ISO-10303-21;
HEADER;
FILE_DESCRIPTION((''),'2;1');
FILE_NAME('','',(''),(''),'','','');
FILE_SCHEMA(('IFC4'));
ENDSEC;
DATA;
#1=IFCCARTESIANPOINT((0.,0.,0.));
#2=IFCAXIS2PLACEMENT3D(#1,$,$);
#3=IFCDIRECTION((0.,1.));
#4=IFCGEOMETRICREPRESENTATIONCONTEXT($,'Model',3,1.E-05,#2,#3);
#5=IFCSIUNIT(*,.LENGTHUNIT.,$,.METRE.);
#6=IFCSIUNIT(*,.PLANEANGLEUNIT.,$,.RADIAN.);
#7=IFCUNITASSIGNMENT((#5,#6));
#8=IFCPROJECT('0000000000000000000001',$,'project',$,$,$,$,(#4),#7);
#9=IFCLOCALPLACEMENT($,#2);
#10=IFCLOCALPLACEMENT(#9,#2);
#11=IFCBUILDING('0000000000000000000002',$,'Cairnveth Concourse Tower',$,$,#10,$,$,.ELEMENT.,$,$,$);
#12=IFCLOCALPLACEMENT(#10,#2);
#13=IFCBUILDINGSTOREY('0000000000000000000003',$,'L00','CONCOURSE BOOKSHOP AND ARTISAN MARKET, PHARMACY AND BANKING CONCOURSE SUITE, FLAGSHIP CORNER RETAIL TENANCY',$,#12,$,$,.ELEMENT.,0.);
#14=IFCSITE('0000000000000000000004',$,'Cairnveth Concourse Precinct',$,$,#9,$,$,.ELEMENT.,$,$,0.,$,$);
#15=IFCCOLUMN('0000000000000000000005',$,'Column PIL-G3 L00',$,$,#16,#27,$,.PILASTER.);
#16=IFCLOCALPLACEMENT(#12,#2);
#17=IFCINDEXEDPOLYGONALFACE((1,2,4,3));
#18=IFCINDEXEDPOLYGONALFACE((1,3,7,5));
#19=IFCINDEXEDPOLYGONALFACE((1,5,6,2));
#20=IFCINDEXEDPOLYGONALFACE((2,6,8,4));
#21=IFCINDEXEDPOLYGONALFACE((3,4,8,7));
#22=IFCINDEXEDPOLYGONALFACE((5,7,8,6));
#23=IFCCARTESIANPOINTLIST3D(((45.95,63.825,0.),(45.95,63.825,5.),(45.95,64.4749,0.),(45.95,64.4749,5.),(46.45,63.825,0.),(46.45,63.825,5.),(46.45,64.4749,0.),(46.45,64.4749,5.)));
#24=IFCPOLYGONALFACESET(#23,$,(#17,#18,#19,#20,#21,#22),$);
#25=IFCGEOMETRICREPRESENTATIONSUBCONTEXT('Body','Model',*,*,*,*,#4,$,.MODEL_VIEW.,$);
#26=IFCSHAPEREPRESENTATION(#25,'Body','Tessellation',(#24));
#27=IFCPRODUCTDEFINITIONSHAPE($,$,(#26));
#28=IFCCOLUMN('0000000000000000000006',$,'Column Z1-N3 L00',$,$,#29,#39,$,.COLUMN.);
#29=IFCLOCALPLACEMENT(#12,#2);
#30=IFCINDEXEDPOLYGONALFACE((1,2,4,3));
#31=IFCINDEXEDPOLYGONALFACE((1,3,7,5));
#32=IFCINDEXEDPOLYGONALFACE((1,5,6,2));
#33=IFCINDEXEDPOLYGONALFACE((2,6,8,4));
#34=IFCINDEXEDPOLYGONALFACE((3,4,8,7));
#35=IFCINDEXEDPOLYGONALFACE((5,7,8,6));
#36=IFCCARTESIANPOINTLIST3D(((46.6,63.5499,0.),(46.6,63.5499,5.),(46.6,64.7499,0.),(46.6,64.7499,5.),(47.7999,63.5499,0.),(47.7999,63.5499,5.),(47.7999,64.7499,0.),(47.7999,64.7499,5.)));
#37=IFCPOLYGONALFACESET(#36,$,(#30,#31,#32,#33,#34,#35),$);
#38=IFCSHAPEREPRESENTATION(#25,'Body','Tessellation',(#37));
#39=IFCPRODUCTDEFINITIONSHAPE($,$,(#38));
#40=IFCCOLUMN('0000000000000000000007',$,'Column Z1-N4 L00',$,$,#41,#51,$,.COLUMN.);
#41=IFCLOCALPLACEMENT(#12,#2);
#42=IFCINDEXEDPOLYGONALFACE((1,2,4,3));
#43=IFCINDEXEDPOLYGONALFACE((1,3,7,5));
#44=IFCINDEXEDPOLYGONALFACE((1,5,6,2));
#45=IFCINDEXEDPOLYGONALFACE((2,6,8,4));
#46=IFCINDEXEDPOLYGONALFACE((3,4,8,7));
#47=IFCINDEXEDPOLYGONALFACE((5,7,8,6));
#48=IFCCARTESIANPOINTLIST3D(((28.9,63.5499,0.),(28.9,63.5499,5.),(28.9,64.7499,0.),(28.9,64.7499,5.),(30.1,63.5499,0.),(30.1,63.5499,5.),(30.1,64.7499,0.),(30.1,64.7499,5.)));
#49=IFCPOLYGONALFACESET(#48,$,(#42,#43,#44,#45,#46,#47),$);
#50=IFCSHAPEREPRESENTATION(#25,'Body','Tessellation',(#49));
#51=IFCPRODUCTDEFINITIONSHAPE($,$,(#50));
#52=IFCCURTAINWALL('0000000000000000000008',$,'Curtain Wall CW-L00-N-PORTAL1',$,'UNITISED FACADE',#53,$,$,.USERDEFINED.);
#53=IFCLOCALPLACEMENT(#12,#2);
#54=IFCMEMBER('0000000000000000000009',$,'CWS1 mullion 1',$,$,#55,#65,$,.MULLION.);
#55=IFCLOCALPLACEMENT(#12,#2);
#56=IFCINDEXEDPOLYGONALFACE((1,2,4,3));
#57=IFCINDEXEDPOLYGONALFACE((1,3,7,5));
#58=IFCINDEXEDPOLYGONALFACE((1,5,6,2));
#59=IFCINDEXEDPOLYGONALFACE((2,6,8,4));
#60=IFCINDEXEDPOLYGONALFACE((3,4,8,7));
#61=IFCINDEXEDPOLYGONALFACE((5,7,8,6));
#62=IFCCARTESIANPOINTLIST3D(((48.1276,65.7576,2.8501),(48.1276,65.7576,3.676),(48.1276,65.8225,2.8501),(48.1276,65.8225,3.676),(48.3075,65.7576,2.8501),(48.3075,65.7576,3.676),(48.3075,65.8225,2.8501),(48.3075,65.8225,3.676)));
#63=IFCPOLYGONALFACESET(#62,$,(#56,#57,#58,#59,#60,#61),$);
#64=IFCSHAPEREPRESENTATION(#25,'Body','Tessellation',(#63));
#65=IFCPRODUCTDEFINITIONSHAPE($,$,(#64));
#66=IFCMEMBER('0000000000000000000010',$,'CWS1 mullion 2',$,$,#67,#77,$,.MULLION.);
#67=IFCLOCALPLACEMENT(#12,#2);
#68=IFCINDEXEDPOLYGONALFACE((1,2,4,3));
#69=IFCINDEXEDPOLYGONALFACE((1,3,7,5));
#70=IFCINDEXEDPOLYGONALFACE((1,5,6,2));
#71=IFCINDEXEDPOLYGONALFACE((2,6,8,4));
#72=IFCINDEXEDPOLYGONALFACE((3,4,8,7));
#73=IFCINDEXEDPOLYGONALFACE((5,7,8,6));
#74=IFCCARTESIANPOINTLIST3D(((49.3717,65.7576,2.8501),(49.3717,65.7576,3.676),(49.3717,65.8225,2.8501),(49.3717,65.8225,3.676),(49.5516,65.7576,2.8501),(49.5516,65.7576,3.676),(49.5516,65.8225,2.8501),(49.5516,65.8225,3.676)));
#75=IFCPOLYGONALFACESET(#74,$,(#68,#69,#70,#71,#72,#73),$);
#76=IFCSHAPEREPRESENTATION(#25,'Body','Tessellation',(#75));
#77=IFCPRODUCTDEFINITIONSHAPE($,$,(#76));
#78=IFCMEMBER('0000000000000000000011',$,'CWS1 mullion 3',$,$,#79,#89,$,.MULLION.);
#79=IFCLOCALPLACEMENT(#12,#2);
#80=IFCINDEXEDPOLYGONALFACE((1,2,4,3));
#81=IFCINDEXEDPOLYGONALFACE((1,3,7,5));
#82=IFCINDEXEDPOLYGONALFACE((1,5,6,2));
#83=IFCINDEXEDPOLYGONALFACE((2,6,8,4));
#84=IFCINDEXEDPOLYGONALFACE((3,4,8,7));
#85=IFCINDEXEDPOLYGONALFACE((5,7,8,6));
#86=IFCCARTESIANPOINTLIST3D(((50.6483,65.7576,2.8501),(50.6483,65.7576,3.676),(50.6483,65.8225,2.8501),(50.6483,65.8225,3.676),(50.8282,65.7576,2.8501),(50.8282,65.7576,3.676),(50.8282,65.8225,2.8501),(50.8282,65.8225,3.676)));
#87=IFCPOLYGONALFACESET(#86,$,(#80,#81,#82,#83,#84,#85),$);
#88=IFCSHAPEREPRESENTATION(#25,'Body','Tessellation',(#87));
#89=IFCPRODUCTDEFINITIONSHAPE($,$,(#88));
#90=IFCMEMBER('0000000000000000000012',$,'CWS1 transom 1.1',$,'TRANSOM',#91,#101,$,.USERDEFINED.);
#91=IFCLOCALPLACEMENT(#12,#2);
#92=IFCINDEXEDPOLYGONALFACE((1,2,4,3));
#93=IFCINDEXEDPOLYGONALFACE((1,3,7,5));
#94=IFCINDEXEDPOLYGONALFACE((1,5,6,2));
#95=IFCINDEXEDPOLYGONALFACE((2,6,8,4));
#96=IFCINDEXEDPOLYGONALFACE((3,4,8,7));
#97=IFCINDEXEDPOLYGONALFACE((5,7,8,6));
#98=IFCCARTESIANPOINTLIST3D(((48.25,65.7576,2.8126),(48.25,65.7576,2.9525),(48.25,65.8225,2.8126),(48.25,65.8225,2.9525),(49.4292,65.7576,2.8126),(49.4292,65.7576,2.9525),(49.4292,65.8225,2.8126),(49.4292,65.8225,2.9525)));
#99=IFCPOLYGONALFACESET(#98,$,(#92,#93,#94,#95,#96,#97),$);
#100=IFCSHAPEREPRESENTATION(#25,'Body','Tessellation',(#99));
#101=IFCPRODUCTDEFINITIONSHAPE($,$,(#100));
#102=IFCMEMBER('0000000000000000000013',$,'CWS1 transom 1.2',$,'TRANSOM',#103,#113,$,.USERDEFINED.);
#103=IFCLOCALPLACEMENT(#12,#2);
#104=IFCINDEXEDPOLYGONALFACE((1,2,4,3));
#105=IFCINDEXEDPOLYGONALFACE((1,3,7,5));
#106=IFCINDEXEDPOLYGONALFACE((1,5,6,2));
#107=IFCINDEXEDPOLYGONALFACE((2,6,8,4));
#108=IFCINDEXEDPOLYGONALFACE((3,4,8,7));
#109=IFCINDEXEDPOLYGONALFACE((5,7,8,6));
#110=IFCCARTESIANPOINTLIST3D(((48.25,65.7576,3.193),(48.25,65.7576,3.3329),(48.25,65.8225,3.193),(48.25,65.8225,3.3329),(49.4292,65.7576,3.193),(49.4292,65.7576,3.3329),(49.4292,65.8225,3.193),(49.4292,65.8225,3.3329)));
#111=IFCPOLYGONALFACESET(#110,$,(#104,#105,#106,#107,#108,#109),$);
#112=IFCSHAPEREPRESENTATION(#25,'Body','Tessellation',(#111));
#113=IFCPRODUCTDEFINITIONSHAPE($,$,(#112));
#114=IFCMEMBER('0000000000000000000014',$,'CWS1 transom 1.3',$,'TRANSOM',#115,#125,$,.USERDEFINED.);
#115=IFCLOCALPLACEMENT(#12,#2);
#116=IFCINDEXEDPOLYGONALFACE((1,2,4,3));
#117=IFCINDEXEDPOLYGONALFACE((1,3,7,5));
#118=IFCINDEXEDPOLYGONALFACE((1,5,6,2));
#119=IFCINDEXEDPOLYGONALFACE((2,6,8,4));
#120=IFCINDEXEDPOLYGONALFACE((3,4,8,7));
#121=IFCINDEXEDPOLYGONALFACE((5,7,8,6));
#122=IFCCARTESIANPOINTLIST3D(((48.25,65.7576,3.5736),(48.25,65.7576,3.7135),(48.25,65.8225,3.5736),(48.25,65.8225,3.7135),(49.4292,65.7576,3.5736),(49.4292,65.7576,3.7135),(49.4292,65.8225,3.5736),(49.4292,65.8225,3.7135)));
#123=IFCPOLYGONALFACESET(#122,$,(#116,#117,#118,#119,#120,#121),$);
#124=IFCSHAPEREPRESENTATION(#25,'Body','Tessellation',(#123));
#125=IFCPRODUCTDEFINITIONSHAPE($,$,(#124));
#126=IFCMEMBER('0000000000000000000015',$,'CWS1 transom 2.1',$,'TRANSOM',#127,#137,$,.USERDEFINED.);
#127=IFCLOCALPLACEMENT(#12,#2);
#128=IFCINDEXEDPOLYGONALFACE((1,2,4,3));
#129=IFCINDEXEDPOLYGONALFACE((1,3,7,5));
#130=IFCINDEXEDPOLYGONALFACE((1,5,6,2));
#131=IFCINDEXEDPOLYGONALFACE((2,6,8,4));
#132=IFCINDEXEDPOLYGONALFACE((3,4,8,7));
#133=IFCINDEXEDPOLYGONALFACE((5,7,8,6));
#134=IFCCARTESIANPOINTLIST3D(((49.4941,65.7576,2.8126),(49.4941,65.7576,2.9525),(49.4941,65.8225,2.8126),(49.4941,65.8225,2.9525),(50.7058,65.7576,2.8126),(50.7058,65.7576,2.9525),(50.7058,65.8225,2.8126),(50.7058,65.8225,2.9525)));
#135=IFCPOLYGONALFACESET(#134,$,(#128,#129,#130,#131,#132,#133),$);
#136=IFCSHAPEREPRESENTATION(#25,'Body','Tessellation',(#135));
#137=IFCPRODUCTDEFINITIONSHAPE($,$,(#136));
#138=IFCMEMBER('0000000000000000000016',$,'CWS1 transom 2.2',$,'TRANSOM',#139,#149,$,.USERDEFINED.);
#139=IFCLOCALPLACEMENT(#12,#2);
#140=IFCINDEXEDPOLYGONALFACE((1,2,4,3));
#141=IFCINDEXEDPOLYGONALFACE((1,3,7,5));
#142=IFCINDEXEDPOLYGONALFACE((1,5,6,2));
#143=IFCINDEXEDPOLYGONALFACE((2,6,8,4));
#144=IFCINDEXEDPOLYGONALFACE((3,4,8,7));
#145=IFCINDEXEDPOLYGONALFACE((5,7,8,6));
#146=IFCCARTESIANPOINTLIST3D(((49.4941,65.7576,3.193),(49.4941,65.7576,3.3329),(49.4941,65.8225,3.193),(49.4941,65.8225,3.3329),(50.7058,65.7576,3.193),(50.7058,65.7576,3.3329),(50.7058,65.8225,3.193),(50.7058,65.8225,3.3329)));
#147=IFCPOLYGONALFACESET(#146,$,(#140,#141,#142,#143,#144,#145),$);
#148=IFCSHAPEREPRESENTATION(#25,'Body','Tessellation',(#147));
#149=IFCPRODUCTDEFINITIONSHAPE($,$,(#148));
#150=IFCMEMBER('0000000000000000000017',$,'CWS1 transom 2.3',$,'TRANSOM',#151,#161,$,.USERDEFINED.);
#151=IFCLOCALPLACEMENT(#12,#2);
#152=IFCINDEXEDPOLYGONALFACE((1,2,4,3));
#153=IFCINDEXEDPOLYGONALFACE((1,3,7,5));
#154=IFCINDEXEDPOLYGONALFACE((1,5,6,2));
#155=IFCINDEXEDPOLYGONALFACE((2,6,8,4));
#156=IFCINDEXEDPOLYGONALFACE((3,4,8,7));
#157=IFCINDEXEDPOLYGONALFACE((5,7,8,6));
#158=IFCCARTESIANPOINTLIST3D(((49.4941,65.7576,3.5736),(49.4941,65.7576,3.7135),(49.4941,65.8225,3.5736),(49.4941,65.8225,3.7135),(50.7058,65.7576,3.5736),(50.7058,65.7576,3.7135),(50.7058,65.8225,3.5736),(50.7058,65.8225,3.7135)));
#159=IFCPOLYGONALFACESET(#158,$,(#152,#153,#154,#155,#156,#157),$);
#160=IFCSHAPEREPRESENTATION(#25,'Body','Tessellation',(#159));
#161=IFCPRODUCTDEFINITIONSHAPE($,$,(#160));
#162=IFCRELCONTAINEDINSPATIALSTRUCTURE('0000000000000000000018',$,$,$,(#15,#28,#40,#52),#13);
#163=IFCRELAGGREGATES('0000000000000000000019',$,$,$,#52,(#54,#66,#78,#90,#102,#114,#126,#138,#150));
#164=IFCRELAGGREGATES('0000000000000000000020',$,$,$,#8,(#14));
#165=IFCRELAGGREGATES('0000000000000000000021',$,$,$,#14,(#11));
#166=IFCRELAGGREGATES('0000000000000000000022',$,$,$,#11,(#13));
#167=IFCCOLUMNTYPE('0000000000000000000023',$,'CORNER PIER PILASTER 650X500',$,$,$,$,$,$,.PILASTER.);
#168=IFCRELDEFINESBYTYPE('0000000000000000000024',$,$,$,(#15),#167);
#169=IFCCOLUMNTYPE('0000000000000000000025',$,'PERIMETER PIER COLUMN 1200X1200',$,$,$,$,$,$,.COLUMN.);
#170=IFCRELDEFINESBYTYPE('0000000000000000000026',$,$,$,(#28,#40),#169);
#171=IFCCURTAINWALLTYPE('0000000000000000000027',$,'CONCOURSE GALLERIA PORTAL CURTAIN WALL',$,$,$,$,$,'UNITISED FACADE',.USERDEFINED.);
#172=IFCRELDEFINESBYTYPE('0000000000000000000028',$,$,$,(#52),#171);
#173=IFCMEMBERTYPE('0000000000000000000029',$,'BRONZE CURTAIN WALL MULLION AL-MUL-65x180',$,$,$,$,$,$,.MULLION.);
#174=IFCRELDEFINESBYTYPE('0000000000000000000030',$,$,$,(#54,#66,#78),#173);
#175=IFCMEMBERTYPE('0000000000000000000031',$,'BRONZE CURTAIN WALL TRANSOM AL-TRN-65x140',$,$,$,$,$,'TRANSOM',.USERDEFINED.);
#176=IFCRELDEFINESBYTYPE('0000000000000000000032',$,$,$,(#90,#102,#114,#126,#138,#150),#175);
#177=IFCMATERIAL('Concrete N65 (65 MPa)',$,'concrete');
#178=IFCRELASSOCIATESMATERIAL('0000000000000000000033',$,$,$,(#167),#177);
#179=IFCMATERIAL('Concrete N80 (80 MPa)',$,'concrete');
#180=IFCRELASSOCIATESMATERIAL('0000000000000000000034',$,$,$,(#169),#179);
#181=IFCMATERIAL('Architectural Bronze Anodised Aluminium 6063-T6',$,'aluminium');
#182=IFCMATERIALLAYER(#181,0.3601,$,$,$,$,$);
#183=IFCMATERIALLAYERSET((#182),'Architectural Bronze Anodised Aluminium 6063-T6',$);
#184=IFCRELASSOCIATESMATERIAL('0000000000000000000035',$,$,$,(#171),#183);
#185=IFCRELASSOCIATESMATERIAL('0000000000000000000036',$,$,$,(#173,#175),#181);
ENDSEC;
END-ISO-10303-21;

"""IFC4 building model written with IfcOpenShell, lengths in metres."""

from ifc_helpers import new_model, si_unit, direction, frame, origin, origin_2d, place, context, subcontext, project, spatial, rectangle, extrude, material, layer, layer_set, material_profile, profile_set, type_object, element, aggregate, save


model = new_model("IFC4")

# Units and contexts
model_context = context("Model", 3, precision=1e-05, world=origin(), true_north=direction((0.0, 1.0)))
body_context = subcontext(model_context, "Body", "Model", "MODEL_VIEW")
ifc_project = project(units=[si_unit("LENGTHUNIT", "METRE"), si_unit("PLANEANGLEUNIT", "RADIAN")], contexts=[model_context])

# Site, building, storey
site_placement = place(None, origin())
site = spatial("IfcSite", under=ifc_project, at=site_placement, Name="Cairnveth Concourse Precinct", CompositionType="ELEMENT", RefElevation=0.0)
building_placement = place(site_placement, origin())
building = spatial("IfcBuilding", under=site, at=building_placement, Name="Cairnveth Concourse Tower", CompositionType="ELEMENT")
storey_placement = place(building_placement, origin())
storey = spatial("IfcBuildingStorey", under=building, at=storey_placement, Name="L00", Description="CONCOURSE BOOKSHOP AND ARTISAN MARKET, PHARMACY AND BANKING CONCOURSE SUITE, FLAGSHIP CORNER RETAIL TENANCY", CompositionType="ELEMENT", Elevation=0.0)

# Columns
ifc_material_1 = material(Name="Concrete N65 (65 MPa)", Category="concrete")
ifc_material_profile_1 = material_profile(ifc_material_1, rectangle(XDim=0.5, YDim=0.6499, at=origin_2d()), Name="RC-PIL-650x500")
ifc_profile_set_1 = profile_set([ifc_material_profile_1], Name="Concrete N65 (65 MPa)")
column_type_1 = type_object("IfcColumnType", Name="CORNER PIER PILASTER 650X500", PredefinedType="PILASTER", material=ifc_profile_set_1)
column_placement = place(storey_placement, frame((46.2, 64.1499, 0.0), z_axis=(0.0, 0.0, 1.0), x_axis=(1.0, 0.0, 0.0)))
element("IfcColumn", 1, at=column_placement, inside=storey, type_object=column_type_1, Name="Column PIL-G3 L00", PredefinedType="PILASTER", context=body_context, shape_type="SweptSolid", body=[
    extrude(rectangle(XDim=0.5, YDim=0.6499, at=origin_2d()), origin(), (0.0, 0.0, 1.0), 5.0),
])
ifc_material_2 = material(Name="Concrete N80 (80 MPa)", Category="concrete")
ifc_material_profile_2 = material_profile(ifc_material_2, rectangle(XDim=1.2, YDim=1.2, at=origin_2d()), Name="RC-COL-1200x1200")
ifc_profile_set_2 = profile_set([ifc_material_profile_2], Name="Concrete N80 (80 MPa)")
column_type_2 = type_object("IfcColumnType", Name="PERIMETER PIER COLUMN 1200X1200", PredefinedType="COLUMN", material=ifc_profile_set_2)
for number, where, z_axis, x_axis, name in (
    (2, (47.2, 64.1499, 0.0), (0.0, 0.0, 1.0), (1.0, 0.0, 0.0), "Column Z1-N3 L00"),
    (3, (29.5, 64.1499, 0.0), (0.0, 0.0, 1.0), (1.0, 0.0, 0.0), "Column Z1-N4 L00"),
):
    element("IfcColumn", number, at=place(storey_placement, frame(where, z_axis=z_axis, x_axis=x_axis)), inside=storey, type_object=column_type_2, Name=name, PredefinedType="COLUMN", context=body_context, shape_type="SweptSolid", body=[
        extrude(rectangle(XDim=1.2, YDim=1.2, at=origin_2d()), origin(), (0.0, 0.0, 1.0), 5.0),
    ])

# Curtain wall, members
ifc_material_3 = material(Name="Architectural Bronze Anodised Aluminium 6063-T6", Category="aluminium")
ifc_layer_1 = layer(ifc_material_3, 0.3601)
ifc_layer_set_1 = layer_set([ifc_layer_1], Name="Architectural Bronze Anodised Aluminium 6063-T6")
curtain_wall_type = type_object("IfcCurtainWallType", Name="CONCOURSE GALLERIA PORTAL CURTAIN WALL", ElementType="UNITISED FACADE", PredefinedType="USERDEFINED", material=ifc_layer_set_1)
curtain_wall_placement = place(storey_placement, origin())
curtain_wall = element("IfcCurtainWall", 4, at=curtain_wall_placement, inside=storey, type_object=curtain_wall_type, Name="Curtain Wall CW-L00-N-PORTAL1", ObjectType="UNITISED FACADE", PredefinedType="USERDEFINED")
ifc_material_profile_3 = material_profile(ifc_material_3, rectangle(XDim=0.0649, YDim=0.1799, at=origin_2d()), Name="AL-MUL-65x180")
ifc_profile_set_3 = profile_set([ifc_material_profile_3], Name="Architectural Bronze Anodised Aluminium 6063-T6")
member_type_1 = type_object("IfcMemberType", Name="BRONZE CURTAIN WALL MULLION AL-MUL-65x180", PredefinedType="MULLION", material=ifc_profile_set_3)
member_1_placement = place(storey_placement, frame((48.2175, 65.79, 2.8501), z_axis=(0.0, 0.0, 1.0), x_axis=(0.0, 1.0, 0.0)))
member_1 = element("IfcMember", 5, at=member_1_placement, type_object=member_type_1, Name="CWS1 mullion 1", PredefinedType="MULLION", context=body_context, shape_type="SweptSolid", body=[
    extrude(rectangle(XDim=0.0649, YDim=0.1799, at=origin_2d()), origin(), (0.0, 0.0, 1.0), 0.8259),
])
member_2_placement = place(storey_placement, frame((49.4617, 65.79, 2.8501), z_axis=(0.0, 0.0, 1.0), x_axis=(0.0, 1.0, 0.0)))
member_2 = element("IfcMember", 6, at=member_2_placement, type_object=member_type_1, Name="CWS1 mullion 2", PredefinedType="MULLION", context=body_context, shape_type="SweptSolid", body=[
    extrude(rectangle(XDim=0.0649, YDim=0.1799, at=origin_2d()), origin(), (0.0, 0.0, 1.0), 0.8259),
])
member_3_placement = place(storey_placement, frame((50.7383, 65.79, 2.8501), z_axis=(0.0, 0.0, 1.0), x_axis=(0.0, 1.0, 0.0)))
member_3 = element("IfcMember", 7, at=member_3_placement, type_object=member_type_1, Name="CWS1 mullion 3", PredefinedType="MULLION", context=body_context, shape_type="SweptSolid", body=[
    extrude(rectangle(XDim=0.0649, YDim=0.1799, at=origin_2d()), origin(), (0.0, 0.0, 1.0), 0.8259),
])
ifc_material_profile_4 = material_profile(ifc_material_3, rectangle(XDim=0.0649, YDim=0.1399, at=origin_2d()), Name="AL-TRN-65x140")
ifc_profile_set_4 = profile_set([ifc_material_profile_4], Name="Architectural Bronze Anodised Aluminium 6063-T6")
member_type_2 = type_object("IfcMemberType", Name="BRONZE CURTAIN WALL TRANSOM AL-TRN-65x140", ElementType="TRANSOM", PredefinedType="USERDEFINED", material=ifc_profile_set_4)
member_4_placement = place(storey_placement, frame((48.25, 65.79, 2.8826), z_axis=(1.0, 0.0, 0.0), x_axis=(0.0, 1.0, 0.0)))
member_4 = element("IfcMember", 8, at=member_4_placement, type_object=member_type_2, Name="CWS1 transom 1.1", ObjectType="TRANSOM", PredefinedType="USERDEFINED", context=body_context, shape_type="SweptSolid", body=[
    extrude(rectangle(XDim=0.0649, YDim=0.1399, at=origin_2d()), origin(), (0.0, 0.0, 1.0), 1.1792),
])
member_5_placement = place(storey_placement, frame((48.25, 65.79, 3.2629), z_axis=(1.0, 0.0, 0.0), x_axis=(0.0, 1.0, 0.0)))
member_5 = element("IfcMember", 9, at=member_5_placement, type_object=member_type_2, Name="CWS1 transom 1.2", ObjectType="TRANSOM", PredefinedType="USERDEFINED", context=body_context, shape_type="SweptSolid", body=[
    extrude(rectangle(XDim=0.0649, YDim=0.1399, at=origin_2d()), origin(), (0.0, 0.0, 1.0), 1.1792),
])
member_6_placement = place(storey_placement, frame((48.25, 65.79, 3.6436), z_axis=(1.0, 0.0, 0.0), x_axis=(0.0, 1.0, 0.0)))
member_6 = element("IfcMember", 10, at=member_6_placement, type_object=member_type_2, Name="CWS1 transom 1.3", ObjectType="TRANSOM", PredefinedType="USERDEFINED", context=body_context, shape_type="SweptSolid", body=[
    extrude(rectangle(XDim=0.0649, YDim=0.1399, at=origin_2d()), origin(), (0.0, 0.0, 1.0), 1.1792),
])
member_7_placement = place(storey_placement, frame((49.4941, 65.79, 2.8826), z_axis=(1.0, 0.0, 0.0), x_axis=(0.0, 1.0, 0.0)))
member_7 = element("IfcMember", 11, at=member_7_placement, type_object=member_type_2, Name="CWS1 transom 2.1", ObjectType="TRANSOM", PredefinedType="USERDEFINED", context=body_context, shape_type="SweptSolid", body=[
    extrude(rectangle(XDim=0.0649, YDim=0.1399, at=origin_2d()), origin(), (0.0, 0.0, 1.0), 1.2117),
])
member_8_placement = place(storey_placement, frame((49.4941, 65.79, 3.2629), z_axis=(1.0, 0.0, 0.0), x_axis=(0.0, 1.0, 0.0)))
member_8 = element("IfcMember", 12, at=member_8_placement, type_object=member_type_2, Name="CWS1 transom 2.2", ObjectType="TRANSOM", PredefinedType="USERDEFINED", context=body_context, shape_type="SweptSolid", body=[
    extrude(rectangle(XDim=0.0649, YDim=0.1399, at=origin_2d()), origin(), (0.0, 0.0, 1.0), 1.2117),
])
member_9_placement = place(storey_placement, frame((49.4941, 65.79, 3.6436), z_axis=(1.0, 0.0, 0.0), x_axis=(0.0, 1.0, 0.0)))
member_9 = element("IfcMember", 13, at=member_9_placement, type_object=member_type_2, Name="CWS1 transom 2.3", ObjectType="TRANSOM", PredefinedType="USERDEFINED", context=body_context, shape_type="SweptSolid", body=[
    extrude(rectangle(XDim=0.0649, YDim=0.1399, at=origin_2d()), origin(), (0.0, 0.0, 1.0), 1.2117),
])

aggregate(curtain_wall, [member_1, member_2, member_3, member_4, member_5, member_6, member_7, member_8, member_9])

save(model, "model.ifc")
